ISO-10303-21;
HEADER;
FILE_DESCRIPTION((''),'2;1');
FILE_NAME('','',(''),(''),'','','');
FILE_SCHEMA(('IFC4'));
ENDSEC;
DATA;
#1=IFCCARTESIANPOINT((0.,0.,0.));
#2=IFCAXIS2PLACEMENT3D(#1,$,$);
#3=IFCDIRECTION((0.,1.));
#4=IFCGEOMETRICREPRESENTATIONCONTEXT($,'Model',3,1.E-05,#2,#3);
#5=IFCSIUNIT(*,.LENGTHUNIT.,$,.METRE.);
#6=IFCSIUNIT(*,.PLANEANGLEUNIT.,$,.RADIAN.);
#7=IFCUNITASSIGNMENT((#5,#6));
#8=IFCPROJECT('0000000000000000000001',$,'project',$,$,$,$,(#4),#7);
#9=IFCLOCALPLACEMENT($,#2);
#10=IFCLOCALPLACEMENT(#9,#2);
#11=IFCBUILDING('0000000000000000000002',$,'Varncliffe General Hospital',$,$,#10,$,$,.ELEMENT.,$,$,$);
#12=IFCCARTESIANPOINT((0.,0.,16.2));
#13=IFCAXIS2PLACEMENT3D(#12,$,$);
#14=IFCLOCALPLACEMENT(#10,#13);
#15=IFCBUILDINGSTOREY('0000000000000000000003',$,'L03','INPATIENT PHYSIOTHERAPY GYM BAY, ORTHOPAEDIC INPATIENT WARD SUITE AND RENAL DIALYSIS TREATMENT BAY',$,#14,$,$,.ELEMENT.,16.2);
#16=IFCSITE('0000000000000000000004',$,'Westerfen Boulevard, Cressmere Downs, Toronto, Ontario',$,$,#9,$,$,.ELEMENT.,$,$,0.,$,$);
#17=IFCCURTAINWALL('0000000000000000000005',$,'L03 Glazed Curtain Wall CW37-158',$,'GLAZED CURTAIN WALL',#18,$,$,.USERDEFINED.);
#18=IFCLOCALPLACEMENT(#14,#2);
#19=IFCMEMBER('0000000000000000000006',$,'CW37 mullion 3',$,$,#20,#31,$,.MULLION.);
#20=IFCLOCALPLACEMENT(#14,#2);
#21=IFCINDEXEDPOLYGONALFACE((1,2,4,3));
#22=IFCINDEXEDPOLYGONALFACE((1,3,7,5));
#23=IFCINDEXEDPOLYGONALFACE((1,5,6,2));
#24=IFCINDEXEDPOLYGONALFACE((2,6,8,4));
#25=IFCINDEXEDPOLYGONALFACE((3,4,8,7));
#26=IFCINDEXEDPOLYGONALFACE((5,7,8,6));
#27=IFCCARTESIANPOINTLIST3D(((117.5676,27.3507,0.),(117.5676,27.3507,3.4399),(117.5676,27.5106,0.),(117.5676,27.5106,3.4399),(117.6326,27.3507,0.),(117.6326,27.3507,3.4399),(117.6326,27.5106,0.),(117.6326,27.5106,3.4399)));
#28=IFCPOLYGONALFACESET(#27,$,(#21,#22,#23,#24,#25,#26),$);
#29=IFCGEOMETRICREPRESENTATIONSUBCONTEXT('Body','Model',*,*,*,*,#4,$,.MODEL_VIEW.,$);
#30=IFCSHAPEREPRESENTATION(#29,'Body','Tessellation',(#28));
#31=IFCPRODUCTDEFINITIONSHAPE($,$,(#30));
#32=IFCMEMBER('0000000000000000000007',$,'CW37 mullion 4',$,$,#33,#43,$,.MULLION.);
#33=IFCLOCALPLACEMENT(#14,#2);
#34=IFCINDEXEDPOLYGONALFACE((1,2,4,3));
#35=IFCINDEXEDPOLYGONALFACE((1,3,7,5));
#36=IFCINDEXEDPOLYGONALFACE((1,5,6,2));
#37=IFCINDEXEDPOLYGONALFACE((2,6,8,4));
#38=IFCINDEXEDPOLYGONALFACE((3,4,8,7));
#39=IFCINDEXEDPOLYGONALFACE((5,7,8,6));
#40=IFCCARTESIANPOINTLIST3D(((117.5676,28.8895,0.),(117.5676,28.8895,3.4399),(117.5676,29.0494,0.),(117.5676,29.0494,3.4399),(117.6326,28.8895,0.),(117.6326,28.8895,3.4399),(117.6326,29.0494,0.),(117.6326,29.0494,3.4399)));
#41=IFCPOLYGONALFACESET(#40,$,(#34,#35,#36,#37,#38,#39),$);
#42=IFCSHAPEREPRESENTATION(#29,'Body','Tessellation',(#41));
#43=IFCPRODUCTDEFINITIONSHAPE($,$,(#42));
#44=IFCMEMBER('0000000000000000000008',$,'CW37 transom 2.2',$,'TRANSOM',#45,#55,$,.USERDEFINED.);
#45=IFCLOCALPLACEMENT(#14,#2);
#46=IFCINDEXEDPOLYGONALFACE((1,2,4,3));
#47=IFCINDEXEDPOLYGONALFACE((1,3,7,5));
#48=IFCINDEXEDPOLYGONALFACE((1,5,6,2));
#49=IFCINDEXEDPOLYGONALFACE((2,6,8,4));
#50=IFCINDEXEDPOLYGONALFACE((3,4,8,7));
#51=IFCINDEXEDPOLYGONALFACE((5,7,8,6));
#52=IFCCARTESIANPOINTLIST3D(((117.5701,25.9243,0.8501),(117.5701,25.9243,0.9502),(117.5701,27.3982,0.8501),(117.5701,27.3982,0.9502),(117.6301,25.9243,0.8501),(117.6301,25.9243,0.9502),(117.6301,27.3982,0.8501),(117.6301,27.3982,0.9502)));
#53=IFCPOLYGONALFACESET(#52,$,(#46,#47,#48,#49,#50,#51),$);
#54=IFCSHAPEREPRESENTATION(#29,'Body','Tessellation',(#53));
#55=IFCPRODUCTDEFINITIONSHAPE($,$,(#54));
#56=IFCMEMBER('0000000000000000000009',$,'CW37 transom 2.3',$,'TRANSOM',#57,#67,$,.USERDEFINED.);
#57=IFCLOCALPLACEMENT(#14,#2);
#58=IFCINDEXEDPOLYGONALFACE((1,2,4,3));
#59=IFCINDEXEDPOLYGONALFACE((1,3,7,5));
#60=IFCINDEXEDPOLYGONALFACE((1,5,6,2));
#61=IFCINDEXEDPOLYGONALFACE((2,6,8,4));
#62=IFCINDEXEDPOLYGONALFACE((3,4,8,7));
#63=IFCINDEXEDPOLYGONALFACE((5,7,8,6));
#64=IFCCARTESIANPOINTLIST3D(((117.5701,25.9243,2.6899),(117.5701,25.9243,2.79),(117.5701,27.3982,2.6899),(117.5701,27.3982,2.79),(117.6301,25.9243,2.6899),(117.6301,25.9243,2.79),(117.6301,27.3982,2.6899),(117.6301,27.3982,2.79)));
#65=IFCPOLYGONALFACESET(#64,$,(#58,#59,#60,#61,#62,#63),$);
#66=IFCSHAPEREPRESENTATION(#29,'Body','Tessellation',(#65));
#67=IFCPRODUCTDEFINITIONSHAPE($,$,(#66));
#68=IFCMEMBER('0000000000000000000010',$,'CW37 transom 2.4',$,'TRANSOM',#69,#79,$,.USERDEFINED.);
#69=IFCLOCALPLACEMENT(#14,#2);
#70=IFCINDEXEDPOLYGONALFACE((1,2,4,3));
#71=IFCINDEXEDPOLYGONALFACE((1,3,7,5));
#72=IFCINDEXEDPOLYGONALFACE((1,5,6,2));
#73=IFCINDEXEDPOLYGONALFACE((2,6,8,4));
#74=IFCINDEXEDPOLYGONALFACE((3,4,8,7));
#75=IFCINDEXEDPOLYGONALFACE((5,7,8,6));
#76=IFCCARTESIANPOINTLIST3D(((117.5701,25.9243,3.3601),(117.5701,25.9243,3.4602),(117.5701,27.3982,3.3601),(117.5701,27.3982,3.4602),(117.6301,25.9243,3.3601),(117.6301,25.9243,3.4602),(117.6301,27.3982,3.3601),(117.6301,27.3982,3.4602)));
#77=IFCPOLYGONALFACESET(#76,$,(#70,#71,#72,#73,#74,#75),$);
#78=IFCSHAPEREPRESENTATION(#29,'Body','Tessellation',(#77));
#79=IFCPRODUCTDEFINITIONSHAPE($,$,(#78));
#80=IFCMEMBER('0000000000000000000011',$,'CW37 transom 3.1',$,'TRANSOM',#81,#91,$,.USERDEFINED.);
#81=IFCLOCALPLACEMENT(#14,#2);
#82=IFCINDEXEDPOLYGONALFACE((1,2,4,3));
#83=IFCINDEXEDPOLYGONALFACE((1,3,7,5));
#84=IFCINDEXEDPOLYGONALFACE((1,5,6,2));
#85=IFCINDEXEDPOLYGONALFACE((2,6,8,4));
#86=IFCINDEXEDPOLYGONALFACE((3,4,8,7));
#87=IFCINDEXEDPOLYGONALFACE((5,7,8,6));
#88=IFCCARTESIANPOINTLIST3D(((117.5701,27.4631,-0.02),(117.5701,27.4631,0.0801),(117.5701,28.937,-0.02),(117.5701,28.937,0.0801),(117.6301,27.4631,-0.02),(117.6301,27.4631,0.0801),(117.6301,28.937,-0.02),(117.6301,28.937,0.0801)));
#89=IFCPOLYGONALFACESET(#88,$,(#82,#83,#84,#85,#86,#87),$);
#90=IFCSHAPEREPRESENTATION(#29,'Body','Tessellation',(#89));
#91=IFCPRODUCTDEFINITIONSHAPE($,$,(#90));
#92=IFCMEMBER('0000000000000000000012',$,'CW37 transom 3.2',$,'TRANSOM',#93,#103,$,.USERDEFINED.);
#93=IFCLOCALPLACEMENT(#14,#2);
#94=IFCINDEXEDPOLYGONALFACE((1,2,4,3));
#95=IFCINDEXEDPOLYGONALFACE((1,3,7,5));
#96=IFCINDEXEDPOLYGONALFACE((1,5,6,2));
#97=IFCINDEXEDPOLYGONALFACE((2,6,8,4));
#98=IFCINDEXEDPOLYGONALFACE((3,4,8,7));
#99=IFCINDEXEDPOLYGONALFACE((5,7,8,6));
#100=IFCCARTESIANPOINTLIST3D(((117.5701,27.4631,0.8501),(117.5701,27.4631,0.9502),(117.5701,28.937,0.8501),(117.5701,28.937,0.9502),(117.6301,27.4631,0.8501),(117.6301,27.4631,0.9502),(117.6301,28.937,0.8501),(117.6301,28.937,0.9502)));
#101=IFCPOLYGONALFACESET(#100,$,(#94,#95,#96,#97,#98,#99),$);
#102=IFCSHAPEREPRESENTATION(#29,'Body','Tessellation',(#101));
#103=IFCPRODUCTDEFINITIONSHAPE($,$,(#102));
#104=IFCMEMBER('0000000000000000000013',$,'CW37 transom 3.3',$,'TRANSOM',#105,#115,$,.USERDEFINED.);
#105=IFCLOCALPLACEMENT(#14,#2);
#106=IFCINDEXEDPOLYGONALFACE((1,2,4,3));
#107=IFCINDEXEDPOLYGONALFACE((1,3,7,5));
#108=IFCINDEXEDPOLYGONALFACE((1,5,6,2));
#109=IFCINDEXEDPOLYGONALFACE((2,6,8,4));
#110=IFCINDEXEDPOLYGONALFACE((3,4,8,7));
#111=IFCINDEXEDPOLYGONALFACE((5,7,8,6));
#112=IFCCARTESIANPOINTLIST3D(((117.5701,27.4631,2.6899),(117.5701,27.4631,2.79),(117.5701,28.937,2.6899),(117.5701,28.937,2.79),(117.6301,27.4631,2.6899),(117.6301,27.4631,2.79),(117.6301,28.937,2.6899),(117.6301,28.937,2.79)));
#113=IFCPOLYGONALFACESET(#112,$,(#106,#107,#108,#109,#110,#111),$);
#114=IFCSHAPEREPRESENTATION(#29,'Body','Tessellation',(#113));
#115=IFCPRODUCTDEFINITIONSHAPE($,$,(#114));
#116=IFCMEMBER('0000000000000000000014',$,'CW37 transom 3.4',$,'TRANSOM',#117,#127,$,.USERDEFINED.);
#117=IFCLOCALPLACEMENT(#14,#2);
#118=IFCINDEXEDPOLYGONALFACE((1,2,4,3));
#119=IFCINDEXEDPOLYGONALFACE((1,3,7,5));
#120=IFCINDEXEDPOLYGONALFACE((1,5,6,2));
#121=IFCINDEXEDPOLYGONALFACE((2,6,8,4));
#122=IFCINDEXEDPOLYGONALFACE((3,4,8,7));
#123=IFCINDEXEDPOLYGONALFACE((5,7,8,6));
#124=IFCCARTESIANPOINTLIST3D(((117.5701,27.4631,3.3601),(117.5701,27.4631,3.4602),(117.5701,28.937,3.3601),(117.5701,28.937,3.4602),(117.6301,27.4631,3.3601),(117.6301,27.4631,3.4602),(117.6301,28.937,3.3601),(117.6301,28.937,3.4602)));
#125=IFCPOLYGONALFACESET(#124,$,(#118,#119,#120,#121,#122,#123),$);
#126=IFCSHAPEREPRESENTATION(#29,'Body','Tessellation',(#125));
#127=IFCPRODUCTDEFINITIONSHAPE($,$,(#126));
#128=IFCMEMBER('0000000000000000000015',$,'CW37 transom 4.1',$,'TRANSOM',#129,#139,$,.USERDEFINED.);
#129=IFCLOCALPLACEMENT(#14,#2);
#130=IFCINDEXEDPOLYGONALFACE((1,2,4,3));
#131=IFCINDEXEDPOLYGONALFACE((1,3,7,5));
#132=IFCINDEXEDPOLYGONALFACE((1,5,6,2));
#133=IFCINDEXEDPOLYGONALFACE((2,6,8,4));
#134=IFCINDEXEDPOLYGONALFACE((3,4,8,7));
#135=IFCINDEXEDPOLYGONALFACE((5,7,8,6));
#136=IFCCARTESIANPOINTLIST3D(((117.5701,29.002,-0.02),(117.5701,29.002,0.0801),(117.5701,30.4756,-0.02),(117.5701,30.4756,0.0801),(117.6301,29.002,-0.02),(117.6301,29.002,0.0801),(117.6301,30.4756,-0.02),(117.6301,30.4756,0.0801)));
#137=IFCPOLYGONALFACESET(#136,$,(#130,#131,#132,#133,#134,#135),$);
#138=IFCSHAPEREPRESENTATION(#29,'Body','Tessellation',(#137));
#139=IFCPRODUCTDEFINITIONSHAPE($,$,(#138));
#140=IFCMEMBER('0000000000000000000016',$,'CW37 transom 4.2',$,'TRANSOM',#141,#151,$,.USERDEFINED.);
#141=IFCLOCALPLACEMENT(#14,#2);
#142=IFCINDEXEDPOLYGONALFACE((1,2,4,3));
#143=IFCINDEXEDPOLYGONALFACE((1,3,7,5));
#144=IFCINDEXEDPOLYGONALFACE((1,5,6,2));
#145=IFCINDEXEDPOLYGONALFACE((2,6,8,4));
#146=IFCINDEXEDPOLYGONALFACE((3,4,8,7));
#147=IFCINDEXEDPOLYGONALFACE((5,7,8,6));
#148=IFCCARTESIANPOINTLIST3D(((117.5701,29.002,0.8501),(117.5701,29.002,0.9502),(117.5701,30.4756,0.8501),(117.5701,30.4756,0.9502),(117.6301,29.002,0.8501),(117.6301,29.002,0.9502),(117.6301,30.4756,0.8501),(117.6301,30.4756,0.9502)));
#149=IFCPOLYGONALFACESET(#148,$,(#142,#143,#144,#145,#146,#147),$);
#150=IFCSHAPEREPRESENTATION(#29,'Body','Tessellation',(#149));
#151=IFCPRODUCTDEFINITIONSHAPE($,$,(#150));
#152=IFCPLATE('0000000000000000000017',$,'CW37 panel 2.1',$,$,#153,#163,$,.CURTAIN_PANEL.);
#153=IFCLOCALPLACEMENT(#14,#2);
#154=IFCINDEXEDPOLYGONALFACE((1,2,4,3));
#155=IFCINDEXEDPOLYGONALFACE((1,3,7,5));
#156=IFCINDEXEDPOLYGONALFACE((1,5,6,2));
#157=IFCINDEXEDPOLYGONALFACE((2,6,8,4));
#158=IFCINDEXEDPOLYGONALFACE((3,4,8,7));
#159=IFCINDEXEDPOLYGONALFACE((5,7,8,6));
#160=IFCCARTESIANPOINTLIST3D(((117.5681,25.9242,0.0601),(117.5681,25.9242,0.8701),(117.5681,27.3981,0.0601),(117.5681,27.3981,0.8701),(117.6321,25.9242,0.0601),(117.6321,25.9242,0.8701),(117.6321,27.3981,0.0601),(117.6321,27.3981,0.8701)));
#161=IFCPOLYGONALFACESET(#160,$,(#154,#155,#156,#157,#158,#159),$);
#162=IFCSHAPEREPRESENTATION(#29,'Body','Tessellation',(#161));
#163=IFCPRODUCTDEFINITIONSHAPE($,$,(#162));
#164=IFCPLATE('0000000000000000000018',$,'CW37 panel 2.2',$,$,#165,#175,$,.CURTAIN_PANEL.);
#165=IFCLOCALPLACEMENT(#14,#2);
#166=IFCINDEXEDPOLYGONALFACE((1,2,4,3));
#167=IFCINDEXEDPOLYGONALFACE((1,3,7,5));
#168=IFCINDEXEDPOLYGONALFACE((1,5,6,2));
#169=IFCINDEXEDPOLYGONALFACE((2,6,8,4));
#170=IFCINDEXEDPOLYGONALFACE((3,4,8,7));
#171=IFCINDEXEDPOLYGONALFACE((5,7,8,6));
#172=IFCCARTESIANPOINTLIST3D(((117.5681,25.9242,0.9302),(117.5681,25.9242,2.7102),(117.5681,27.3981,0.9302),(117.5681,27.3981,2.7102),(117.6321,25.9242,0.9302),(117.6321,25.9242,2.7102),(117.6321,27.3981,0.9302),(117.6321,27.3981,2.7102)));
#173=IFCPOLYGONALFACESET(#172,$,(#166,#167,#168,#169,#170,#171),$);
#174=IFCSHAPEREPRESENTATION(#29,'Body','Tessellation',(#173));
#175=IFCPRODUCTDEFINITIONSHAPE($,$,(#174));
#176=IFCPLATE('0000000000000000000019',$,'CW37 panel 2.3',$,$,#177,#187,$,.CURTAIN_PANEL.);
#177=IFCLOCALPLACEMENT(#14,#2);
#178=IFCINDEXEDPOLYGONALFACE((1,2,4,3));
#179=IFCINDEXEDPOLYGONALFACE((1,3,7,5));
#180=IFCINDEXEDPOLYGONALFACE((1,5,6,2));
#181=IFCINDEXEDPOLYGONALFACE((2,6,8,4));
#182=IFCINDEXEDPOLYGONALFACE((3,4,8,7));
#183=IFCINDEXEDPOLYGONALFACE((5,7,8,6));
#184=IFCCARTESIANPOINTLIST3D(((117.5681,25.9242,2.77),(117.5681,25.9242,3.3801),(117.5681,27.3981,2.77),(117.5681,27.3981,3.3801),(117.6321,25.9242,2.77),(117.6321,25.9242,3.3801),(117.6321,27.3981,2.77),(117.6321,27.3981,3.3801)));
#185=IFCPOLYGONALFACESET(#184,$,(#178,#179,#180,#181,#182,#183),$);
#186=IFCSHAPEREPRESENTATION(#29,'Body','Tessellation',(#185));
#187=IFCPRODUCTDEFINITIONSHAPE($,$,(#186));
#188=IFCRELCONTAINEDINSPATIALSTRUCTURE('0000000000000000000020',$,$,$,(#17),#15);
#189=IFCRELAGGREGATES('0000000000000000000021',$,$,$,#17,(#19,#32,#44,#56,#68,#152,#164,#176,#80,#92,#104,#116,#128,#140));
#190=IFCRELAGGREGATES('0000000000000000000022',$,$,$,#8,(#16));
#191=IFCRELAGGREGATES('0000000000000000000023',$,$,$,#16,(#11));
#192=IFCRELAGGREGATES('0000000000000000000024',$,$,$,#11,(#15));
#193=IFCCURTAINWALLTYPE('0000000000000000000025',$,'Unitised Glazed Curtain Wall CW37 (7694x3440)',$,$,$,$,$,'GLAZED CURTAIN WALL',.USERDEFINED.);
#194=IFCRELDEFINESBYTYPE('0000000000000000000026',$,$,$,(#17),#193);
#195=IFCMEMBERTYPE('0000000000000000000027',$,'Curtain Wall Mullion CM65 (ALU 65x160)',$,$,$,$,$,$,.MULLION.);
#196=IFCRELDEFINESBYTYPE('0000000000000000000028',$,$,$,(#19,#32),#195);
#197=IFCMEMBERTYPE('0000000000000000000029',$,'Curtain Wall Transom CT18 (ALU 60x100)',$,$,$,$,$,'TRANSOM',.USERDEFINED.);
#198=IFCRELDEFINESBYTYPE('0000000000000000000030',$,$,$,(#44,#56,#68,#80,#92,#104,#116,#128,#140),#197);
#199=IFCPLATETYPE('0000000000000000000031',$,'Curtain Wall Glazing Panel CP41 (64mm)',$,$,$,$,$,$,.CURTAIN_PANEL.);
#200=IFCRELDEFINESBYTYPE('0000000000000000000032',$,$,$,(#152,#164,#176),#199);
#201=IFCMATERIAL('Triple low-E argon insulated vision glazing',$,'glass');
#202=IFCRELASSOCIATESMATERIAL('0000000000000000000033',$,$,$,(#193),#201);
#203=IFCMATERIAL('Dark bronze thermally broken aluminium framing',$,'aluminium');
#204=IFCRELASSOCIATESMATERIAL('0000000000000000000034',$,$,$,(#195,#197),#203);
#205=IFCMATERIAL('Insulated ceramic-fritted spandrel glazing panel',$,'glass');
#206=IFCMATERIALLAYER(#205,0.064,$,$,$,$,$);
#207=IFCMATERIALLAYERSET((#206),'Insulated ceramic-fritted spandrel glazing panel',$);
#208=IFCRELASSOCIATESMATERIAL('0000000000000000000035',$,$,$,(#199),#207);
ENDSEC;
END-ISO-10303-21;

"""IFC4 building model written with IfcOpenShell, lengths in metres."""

from ifc_helpers import new_model, si_unit, direction, frame, origin, origin_2d, place, context, subcontext, project, spatial, rectangle, extrude, material, layer, layer_set, material_profile, profile_set, type_object, element, aggregate, save


model = new_model("IFC4")

# Units and contexts
model_context = context("Model", 3, precision=1e-05, world=origin(), true_north=direction((0.0, 1.0)))
body_context = subcontext(model_context, "Body", "Model", "MODEL_VIEW")
ifc_project = project(units=[si_unit("LENGTHUNIT", "METRE"), si_unit("PLANEANGLEUNIT", "RADIAN")], contexts=[model_context])

# Site, building, storey
site_placement = place(None, origin())
site = spatial("IfcSite", under=ifc_project, at=site_placement, Name="Westerfen Boulevard, Cressmere Downs, Toronto, Ontario", CompositionType="ELEMENT", RefElevation=0.0)
building_placement = place(site_placement, origin())
building = spatial("IfcBuilding", under=site, at=building_placement, Name="Varncliffe General Hospital", CompositionType="ELEMENT")
storey_placement = place(building_placement, frame((0.0, 0.0, 16.2)))
storey = spatial("IfcBuildingStorey", under=building, at=storey_placement, Name="L03", Description="INPATIENT PHYSIOTHERAPY GYM BAY, ORTHOPAEDIC INPATIENT WARD SUITE AND RENAL DIALYSIS TREATMENT BAY", CompositionType="ELEMENT", Elevation=16.2)

# Curtain wall, members, plates
ifc_material_1 = material(Name="Triple low-E argon insulated vision glazing", Category="glass")
curtain_wall_type = type_object("IfcCurtainWallType", Name="Unitised Glazed Curtain Wall CW37 (7694x3440)", ElementType="GLAZED CURTAIN WALL", PredefinedType="USERDEFINED", material=ifc_material_1)
curtain_wall_placement = place(storey_placement, origin())
curtain_wall = element("IfcCurtainWall", 1, at=curtain_wall_placement, inside=storey, type_object=curtain_wall_type, Name="L03 Glazed Curtain Wall CW37-158", ObjectType="GLAZED CURTAIN WALL", PredefinedType="USERDEFINED")
ifc_material_2 = material(Name="Dark bronze thermally broken aluminium framing", Category="aluminium")
ifc_material_profile_1 = material_profile(ifc_material_2, rectangle(XDim=0.0649, YDim=0.1599, at=origin_2d()), Name="ALU 65x160")
ifc_profile_set_1 = profile_set([ifc_material_profile_1], Name="Dark bronze thermally broken aluminium framing")
member_type_1 = type_object("IfcMemberType", Name="Curtain Wall Mullion CM65 (ALU 65x160)", PredefinedType="MULLION", material=ifc_profile_set_1)
member_1_placement = place(storey_placement, frame((117.6001, 27.4307, 0.0), z_axis=(0.0, 0.0, 1.0), x_axis=(-1.0, 0.0, 0.0)))
member_1 = element("IfcMember", 2, at=member_1_placement, type_object=member_type_1, Name="CW37 mullion 3", PredefinedType="MULLION", context=body_context, shape_type="SweptSolid", body=[
    extrude(rectangle(XDim=0.0649, YDim=0.1599, at=origin_2d()), origin(), (0.0, 0.0, 1.0), 3.4399),
])
member_2_placement = place(storey_placement, frame((117.6001, 28.9695, 0.0), z_axis=(0.0, 0.0, 1.0), x_axis=(-1.0, 0.0, 0.0)))
member_2 = element("IfcMember", 3, at=member_2_placement, type_object=member_type_1, Name="CW37 mullion 4", PredefinedType="MULLION", context=body_context, shape_type="SweptSolid", body=[
    extrude(rectangle(XDim=0.0649, YDim=0.1599, at=origin_2d()), origin(), (0.0, 0.0, 1.0), 3.4399),
])
ifc_material_profile_2 = material_profile(ifc_material_2, rectangle(XDim=0.0601, YDim=0.1001, at=origin_2d()), Name="ALU 60x100")
ifc_profile_set_2 = profile_set([ifc_material_profile_2], Name="Dark bronze thermally broken aluminium framing")
member_type_2 = type_object("IfcMemberType", Name="Curtain Wall Transom CT18 (ALU 60x100)", ElementType="TRANSOM", PredefinedType="USERDEFINED", material=ifc_profile_set_2)
member_3_placement = place(storey_placement, frame((117.6001, 25.9243, 0.9001), z_axis=(0.0, 1.0, 0.0), x_axis=(-1.0, 0.0, 0.0)))
member_3 = element("IfcMember", 4, at=member_3_placement, type_object=member_type_2, Name="CW37 transom 2.2", ObjectType="TRANSOM", PredefinedType="USERDEFINED", context=body_context, shape_type="SweptSolid", body=[
    extrude(rectangle(XDim=0.0601, YDim=0.1001, at=origin_2d()), origin(), (0.0, 0.0, 1.0), 1.4739),
])
member_4_placement = place(storey_placement, frame((117.6001, 25.9243, 2.74), z_axis=(0.0, 1.0, 0.0), x_axis=(-1.0, 0.0, 0.0)))
member_4 = element("IfcMember", 5, at=member_4_placement, type_object=member_type_2, Name="CW37 transom 2.3", ObjectType="TRANSOM", PredefinedType="USERDEFINED", context=body_context, shape_type="SweptSolid", body=[
    extrude(rectangle(XDim=0.0601, YDim=0.1001, at=origin_2d()), origin(), (0.0, 0.0, 1.0), 1.4739),
])
member_5_placement = place(storey_placement, frame((117.6001, 25.9243, 3.4102), z_axis=(0.0, 1.0, 0.0), x_axis=(-1.0, 0.0, 0.0)))
member_5 = element("IfcMember", 6, at=member_5_placement, type_object=member_type_2, Name="CW37 transom 2.4", ObjectType="TRANSOM", PredefinedType="USERDEFINED", context=body_context, shape_type="SweptSolid", body=[
    extrude(rectangle(XDim=0.0601, YDim=0.1001, at=origin_2d()), origin(), (0.0, 0.0, 1.0), 1.4739),
])
member_6_placement = place(storey_placement, frame((117.6001, 27.4631, 0.03), z_axis=(0.0, 1.0, 0.0), x_axis=(-1.0, 0.0, 0.0)))
member_6 = element("IfcMember", 7, at=member_6_placement, type_object=member_type_2, Name="CW37 transom 3.1", ObjectType="TRANSOM", PredefinedType="USERDEFINED", context=body_context, shape_type="SweptSolid", body=[
    extrude(rectangle(XDim=0.0601, YDim=0.1001, at=origin_2d()), origin(), (0.0, 0.0, 1.0), 1.4739),
])
member_7_placement = place(storey_placement, frame((117.6001, 27.4631, 0.9001), z_axis=(0.0, 1.0, 0.0), x_axis=(-1.0, 0.0, 0.0)))
member_7 = element("IfcMember", 8, at=member_7_placement, type_object=member_type_2, Name="CW37 transom 3.2", ObjectType="TRANSOM", PredefinedType="USERDEFINED", context=body_context, shape_type="SweptSolid", body=[
    extrude(rectangle(XDim=0.0601, YDim=0.1001, at=origin_2d()), origin(), (0.0, 0.0, 1.0), 1.4739),
])
member_8_placement = place(storey_placement, frame((117.6001, 27.4631, 2.74), z_axis=(0.0, 1.0, 0.0), x_axis=(-1.0, 0.0, 0.0)))
member_8 = element("IfcMember", 9, at=member_8_placement, type_object=member_type_2, Name="CW37 transom 3.3", ObjectType="TRANSOM", PredefinedType="USERDEFINED", context=body_context, shape_type="SweptSolid", body=[
    extrude(rectangle(XDim=0.0601, YDim=0.1001, at=origin_2d()), origin(), (0.0, 0.0, 1.0), 1.4739),
])
member_9_placement = place(storey_placement, frame((117.6001, 27.4631, 3.4102), z_axis=(0.0, 1.0, 0.0), x_axis=(-1.0, 0.0, 0.0)))
member_9 = element("IfcMember", 10, at=member_9_placement, type_object=member_type_2, Name="CW37 transom 3.4", ObjectType="TRANSOM", PredefinedType="USERDEFINED", context=body_context, shape_type="SweptSolid", body=[
    extrude(rectangle(XDim=0.0601, YDim=0.1001, at=origin_2d()), origin(), (0.0, 0.0, 1.0), 1.4739),
])
member_10_placement = place(storey_placement, frame((117.6001, 29.002, 0.03), z_axis=(0.0, 1.0, 0.0), x_axis=(-1.0, 0.0, 0.0)))
member_10 = element("IfcMember", 11, at=member_10_placement, type_object=member_type_2, Name="CW37 transom 4.1", ObjectType="TRANSOM", PredefinedType="USERDEFINED", context=body_context, shape_type="SweptSolid", body=[
    extrude(rectangle(XDim=0.0601, YDim=0.1001, at=origin_2d()), origin(), (0.0, 0.0, 1.0), 1.4736),
])
member_11_placement = place(storey_placement, frame((117.6001, 29.002, 0.9001), z_axis=(0.0, 1.0, 0.0), x_axis=(-1.0, 0.0, 0.0)))
member_11 = element("IfcMember", 12, at=member_11_placement, type_object=member_type_2, Name="CW37 transom 4.2", ObjectType="TRANSOM", PredefinedType="USERDEFINED", context=body_context, shape_type="SweptSolid", body=[
    extrude(rectangle(XDim=0.0601, YDim=0.1001, at=origin_2d()), origin(), (0.0, 0.0, 1.0), 1.4736),
])
ifc_material_3 = material(Name="Insulated ceramic-fritted spandrel glazing panel", Category="glass")
ifc_layer_1 = layer(ifc_material_3, 0.064)
ifc_layer_set_1 = layer_set([ifc_layer_1], Name="Insulated ceramic-fritted spandrel glazing panel")
plate_type = type_object("IfcPlateType", Name="Curtain Wall Glazing Panel CP41 (64mm)", PredefinedType="CURTAIN_PANEL", material=ifc_layer_set_1)
plate_1_placement = place(storey_placement, frame((117.6001, 26.6611, 0.0601), z_axis=(0.0, 0.0, 1.0), x_axis=(0.0, 1.0, 0.0)))
plate_1 = element("IfcPlate", 13, at=plate_1_placement, type_object=plate_type, Name="CW37 panel 2.1", PredefinedType="CURTAIN_PANEL", context=body_context, shape_type="SweptSolid", body=[
    extrude(rectangle(XDim=1.4739, YDim=0.064, at=origin_2d()), origin(), (0.0, 0.0, 1.0), 0.8101),
])
plate_2_placement = place(storey_placement, frame((117.6001, 26.6611, 0.9302), z_axis=(0.0, 0.0, 1.0), x_axis=(0.0, 1.0, 0.0)))
plate_2 = element("IfcPlate", 14, at=plate_2_placement, type_object=plate_type, Name="CW37 panel 2.2", PredefinedType="CURTAIN_PANEL", context=body_context, shape_type="SweptSolid", body=[
    extrude(rectangle(XDim=1.4739, YDim=0.064, at=origin_2d()), origin(), (0.0, 0.0, 1.0), 1.78),
])
plate_3_placement = place(storey_placement, frame((117.6001, 26.6611, 2.77), z_axis=(0.0, 0.0, 1.0), x_axis=(0.0, 1.0, 0.0)))
plate_3 = element("IfcPlate", 15, at=plate_3_placement, type_object=plate_type, Name="CW37 panel 2.3", PredefinedType="CURTAIN_PANEL", context=body_context, shape_type="SweptSolid", body=[
    extrude(rectangle(XDim=1.4739, YDim=0.064, at=origin_2d()), origin(), (0.0, 0.0, 1.0), 0.6101),
])
aggregate(curtain_wall, [member_1, member_2, member_3, member_4, member_5, plate_1, plate_2, plate_3, member_6, member_7, member_8, member_9, member_10, member_11])

save(model, "model.ifc")
